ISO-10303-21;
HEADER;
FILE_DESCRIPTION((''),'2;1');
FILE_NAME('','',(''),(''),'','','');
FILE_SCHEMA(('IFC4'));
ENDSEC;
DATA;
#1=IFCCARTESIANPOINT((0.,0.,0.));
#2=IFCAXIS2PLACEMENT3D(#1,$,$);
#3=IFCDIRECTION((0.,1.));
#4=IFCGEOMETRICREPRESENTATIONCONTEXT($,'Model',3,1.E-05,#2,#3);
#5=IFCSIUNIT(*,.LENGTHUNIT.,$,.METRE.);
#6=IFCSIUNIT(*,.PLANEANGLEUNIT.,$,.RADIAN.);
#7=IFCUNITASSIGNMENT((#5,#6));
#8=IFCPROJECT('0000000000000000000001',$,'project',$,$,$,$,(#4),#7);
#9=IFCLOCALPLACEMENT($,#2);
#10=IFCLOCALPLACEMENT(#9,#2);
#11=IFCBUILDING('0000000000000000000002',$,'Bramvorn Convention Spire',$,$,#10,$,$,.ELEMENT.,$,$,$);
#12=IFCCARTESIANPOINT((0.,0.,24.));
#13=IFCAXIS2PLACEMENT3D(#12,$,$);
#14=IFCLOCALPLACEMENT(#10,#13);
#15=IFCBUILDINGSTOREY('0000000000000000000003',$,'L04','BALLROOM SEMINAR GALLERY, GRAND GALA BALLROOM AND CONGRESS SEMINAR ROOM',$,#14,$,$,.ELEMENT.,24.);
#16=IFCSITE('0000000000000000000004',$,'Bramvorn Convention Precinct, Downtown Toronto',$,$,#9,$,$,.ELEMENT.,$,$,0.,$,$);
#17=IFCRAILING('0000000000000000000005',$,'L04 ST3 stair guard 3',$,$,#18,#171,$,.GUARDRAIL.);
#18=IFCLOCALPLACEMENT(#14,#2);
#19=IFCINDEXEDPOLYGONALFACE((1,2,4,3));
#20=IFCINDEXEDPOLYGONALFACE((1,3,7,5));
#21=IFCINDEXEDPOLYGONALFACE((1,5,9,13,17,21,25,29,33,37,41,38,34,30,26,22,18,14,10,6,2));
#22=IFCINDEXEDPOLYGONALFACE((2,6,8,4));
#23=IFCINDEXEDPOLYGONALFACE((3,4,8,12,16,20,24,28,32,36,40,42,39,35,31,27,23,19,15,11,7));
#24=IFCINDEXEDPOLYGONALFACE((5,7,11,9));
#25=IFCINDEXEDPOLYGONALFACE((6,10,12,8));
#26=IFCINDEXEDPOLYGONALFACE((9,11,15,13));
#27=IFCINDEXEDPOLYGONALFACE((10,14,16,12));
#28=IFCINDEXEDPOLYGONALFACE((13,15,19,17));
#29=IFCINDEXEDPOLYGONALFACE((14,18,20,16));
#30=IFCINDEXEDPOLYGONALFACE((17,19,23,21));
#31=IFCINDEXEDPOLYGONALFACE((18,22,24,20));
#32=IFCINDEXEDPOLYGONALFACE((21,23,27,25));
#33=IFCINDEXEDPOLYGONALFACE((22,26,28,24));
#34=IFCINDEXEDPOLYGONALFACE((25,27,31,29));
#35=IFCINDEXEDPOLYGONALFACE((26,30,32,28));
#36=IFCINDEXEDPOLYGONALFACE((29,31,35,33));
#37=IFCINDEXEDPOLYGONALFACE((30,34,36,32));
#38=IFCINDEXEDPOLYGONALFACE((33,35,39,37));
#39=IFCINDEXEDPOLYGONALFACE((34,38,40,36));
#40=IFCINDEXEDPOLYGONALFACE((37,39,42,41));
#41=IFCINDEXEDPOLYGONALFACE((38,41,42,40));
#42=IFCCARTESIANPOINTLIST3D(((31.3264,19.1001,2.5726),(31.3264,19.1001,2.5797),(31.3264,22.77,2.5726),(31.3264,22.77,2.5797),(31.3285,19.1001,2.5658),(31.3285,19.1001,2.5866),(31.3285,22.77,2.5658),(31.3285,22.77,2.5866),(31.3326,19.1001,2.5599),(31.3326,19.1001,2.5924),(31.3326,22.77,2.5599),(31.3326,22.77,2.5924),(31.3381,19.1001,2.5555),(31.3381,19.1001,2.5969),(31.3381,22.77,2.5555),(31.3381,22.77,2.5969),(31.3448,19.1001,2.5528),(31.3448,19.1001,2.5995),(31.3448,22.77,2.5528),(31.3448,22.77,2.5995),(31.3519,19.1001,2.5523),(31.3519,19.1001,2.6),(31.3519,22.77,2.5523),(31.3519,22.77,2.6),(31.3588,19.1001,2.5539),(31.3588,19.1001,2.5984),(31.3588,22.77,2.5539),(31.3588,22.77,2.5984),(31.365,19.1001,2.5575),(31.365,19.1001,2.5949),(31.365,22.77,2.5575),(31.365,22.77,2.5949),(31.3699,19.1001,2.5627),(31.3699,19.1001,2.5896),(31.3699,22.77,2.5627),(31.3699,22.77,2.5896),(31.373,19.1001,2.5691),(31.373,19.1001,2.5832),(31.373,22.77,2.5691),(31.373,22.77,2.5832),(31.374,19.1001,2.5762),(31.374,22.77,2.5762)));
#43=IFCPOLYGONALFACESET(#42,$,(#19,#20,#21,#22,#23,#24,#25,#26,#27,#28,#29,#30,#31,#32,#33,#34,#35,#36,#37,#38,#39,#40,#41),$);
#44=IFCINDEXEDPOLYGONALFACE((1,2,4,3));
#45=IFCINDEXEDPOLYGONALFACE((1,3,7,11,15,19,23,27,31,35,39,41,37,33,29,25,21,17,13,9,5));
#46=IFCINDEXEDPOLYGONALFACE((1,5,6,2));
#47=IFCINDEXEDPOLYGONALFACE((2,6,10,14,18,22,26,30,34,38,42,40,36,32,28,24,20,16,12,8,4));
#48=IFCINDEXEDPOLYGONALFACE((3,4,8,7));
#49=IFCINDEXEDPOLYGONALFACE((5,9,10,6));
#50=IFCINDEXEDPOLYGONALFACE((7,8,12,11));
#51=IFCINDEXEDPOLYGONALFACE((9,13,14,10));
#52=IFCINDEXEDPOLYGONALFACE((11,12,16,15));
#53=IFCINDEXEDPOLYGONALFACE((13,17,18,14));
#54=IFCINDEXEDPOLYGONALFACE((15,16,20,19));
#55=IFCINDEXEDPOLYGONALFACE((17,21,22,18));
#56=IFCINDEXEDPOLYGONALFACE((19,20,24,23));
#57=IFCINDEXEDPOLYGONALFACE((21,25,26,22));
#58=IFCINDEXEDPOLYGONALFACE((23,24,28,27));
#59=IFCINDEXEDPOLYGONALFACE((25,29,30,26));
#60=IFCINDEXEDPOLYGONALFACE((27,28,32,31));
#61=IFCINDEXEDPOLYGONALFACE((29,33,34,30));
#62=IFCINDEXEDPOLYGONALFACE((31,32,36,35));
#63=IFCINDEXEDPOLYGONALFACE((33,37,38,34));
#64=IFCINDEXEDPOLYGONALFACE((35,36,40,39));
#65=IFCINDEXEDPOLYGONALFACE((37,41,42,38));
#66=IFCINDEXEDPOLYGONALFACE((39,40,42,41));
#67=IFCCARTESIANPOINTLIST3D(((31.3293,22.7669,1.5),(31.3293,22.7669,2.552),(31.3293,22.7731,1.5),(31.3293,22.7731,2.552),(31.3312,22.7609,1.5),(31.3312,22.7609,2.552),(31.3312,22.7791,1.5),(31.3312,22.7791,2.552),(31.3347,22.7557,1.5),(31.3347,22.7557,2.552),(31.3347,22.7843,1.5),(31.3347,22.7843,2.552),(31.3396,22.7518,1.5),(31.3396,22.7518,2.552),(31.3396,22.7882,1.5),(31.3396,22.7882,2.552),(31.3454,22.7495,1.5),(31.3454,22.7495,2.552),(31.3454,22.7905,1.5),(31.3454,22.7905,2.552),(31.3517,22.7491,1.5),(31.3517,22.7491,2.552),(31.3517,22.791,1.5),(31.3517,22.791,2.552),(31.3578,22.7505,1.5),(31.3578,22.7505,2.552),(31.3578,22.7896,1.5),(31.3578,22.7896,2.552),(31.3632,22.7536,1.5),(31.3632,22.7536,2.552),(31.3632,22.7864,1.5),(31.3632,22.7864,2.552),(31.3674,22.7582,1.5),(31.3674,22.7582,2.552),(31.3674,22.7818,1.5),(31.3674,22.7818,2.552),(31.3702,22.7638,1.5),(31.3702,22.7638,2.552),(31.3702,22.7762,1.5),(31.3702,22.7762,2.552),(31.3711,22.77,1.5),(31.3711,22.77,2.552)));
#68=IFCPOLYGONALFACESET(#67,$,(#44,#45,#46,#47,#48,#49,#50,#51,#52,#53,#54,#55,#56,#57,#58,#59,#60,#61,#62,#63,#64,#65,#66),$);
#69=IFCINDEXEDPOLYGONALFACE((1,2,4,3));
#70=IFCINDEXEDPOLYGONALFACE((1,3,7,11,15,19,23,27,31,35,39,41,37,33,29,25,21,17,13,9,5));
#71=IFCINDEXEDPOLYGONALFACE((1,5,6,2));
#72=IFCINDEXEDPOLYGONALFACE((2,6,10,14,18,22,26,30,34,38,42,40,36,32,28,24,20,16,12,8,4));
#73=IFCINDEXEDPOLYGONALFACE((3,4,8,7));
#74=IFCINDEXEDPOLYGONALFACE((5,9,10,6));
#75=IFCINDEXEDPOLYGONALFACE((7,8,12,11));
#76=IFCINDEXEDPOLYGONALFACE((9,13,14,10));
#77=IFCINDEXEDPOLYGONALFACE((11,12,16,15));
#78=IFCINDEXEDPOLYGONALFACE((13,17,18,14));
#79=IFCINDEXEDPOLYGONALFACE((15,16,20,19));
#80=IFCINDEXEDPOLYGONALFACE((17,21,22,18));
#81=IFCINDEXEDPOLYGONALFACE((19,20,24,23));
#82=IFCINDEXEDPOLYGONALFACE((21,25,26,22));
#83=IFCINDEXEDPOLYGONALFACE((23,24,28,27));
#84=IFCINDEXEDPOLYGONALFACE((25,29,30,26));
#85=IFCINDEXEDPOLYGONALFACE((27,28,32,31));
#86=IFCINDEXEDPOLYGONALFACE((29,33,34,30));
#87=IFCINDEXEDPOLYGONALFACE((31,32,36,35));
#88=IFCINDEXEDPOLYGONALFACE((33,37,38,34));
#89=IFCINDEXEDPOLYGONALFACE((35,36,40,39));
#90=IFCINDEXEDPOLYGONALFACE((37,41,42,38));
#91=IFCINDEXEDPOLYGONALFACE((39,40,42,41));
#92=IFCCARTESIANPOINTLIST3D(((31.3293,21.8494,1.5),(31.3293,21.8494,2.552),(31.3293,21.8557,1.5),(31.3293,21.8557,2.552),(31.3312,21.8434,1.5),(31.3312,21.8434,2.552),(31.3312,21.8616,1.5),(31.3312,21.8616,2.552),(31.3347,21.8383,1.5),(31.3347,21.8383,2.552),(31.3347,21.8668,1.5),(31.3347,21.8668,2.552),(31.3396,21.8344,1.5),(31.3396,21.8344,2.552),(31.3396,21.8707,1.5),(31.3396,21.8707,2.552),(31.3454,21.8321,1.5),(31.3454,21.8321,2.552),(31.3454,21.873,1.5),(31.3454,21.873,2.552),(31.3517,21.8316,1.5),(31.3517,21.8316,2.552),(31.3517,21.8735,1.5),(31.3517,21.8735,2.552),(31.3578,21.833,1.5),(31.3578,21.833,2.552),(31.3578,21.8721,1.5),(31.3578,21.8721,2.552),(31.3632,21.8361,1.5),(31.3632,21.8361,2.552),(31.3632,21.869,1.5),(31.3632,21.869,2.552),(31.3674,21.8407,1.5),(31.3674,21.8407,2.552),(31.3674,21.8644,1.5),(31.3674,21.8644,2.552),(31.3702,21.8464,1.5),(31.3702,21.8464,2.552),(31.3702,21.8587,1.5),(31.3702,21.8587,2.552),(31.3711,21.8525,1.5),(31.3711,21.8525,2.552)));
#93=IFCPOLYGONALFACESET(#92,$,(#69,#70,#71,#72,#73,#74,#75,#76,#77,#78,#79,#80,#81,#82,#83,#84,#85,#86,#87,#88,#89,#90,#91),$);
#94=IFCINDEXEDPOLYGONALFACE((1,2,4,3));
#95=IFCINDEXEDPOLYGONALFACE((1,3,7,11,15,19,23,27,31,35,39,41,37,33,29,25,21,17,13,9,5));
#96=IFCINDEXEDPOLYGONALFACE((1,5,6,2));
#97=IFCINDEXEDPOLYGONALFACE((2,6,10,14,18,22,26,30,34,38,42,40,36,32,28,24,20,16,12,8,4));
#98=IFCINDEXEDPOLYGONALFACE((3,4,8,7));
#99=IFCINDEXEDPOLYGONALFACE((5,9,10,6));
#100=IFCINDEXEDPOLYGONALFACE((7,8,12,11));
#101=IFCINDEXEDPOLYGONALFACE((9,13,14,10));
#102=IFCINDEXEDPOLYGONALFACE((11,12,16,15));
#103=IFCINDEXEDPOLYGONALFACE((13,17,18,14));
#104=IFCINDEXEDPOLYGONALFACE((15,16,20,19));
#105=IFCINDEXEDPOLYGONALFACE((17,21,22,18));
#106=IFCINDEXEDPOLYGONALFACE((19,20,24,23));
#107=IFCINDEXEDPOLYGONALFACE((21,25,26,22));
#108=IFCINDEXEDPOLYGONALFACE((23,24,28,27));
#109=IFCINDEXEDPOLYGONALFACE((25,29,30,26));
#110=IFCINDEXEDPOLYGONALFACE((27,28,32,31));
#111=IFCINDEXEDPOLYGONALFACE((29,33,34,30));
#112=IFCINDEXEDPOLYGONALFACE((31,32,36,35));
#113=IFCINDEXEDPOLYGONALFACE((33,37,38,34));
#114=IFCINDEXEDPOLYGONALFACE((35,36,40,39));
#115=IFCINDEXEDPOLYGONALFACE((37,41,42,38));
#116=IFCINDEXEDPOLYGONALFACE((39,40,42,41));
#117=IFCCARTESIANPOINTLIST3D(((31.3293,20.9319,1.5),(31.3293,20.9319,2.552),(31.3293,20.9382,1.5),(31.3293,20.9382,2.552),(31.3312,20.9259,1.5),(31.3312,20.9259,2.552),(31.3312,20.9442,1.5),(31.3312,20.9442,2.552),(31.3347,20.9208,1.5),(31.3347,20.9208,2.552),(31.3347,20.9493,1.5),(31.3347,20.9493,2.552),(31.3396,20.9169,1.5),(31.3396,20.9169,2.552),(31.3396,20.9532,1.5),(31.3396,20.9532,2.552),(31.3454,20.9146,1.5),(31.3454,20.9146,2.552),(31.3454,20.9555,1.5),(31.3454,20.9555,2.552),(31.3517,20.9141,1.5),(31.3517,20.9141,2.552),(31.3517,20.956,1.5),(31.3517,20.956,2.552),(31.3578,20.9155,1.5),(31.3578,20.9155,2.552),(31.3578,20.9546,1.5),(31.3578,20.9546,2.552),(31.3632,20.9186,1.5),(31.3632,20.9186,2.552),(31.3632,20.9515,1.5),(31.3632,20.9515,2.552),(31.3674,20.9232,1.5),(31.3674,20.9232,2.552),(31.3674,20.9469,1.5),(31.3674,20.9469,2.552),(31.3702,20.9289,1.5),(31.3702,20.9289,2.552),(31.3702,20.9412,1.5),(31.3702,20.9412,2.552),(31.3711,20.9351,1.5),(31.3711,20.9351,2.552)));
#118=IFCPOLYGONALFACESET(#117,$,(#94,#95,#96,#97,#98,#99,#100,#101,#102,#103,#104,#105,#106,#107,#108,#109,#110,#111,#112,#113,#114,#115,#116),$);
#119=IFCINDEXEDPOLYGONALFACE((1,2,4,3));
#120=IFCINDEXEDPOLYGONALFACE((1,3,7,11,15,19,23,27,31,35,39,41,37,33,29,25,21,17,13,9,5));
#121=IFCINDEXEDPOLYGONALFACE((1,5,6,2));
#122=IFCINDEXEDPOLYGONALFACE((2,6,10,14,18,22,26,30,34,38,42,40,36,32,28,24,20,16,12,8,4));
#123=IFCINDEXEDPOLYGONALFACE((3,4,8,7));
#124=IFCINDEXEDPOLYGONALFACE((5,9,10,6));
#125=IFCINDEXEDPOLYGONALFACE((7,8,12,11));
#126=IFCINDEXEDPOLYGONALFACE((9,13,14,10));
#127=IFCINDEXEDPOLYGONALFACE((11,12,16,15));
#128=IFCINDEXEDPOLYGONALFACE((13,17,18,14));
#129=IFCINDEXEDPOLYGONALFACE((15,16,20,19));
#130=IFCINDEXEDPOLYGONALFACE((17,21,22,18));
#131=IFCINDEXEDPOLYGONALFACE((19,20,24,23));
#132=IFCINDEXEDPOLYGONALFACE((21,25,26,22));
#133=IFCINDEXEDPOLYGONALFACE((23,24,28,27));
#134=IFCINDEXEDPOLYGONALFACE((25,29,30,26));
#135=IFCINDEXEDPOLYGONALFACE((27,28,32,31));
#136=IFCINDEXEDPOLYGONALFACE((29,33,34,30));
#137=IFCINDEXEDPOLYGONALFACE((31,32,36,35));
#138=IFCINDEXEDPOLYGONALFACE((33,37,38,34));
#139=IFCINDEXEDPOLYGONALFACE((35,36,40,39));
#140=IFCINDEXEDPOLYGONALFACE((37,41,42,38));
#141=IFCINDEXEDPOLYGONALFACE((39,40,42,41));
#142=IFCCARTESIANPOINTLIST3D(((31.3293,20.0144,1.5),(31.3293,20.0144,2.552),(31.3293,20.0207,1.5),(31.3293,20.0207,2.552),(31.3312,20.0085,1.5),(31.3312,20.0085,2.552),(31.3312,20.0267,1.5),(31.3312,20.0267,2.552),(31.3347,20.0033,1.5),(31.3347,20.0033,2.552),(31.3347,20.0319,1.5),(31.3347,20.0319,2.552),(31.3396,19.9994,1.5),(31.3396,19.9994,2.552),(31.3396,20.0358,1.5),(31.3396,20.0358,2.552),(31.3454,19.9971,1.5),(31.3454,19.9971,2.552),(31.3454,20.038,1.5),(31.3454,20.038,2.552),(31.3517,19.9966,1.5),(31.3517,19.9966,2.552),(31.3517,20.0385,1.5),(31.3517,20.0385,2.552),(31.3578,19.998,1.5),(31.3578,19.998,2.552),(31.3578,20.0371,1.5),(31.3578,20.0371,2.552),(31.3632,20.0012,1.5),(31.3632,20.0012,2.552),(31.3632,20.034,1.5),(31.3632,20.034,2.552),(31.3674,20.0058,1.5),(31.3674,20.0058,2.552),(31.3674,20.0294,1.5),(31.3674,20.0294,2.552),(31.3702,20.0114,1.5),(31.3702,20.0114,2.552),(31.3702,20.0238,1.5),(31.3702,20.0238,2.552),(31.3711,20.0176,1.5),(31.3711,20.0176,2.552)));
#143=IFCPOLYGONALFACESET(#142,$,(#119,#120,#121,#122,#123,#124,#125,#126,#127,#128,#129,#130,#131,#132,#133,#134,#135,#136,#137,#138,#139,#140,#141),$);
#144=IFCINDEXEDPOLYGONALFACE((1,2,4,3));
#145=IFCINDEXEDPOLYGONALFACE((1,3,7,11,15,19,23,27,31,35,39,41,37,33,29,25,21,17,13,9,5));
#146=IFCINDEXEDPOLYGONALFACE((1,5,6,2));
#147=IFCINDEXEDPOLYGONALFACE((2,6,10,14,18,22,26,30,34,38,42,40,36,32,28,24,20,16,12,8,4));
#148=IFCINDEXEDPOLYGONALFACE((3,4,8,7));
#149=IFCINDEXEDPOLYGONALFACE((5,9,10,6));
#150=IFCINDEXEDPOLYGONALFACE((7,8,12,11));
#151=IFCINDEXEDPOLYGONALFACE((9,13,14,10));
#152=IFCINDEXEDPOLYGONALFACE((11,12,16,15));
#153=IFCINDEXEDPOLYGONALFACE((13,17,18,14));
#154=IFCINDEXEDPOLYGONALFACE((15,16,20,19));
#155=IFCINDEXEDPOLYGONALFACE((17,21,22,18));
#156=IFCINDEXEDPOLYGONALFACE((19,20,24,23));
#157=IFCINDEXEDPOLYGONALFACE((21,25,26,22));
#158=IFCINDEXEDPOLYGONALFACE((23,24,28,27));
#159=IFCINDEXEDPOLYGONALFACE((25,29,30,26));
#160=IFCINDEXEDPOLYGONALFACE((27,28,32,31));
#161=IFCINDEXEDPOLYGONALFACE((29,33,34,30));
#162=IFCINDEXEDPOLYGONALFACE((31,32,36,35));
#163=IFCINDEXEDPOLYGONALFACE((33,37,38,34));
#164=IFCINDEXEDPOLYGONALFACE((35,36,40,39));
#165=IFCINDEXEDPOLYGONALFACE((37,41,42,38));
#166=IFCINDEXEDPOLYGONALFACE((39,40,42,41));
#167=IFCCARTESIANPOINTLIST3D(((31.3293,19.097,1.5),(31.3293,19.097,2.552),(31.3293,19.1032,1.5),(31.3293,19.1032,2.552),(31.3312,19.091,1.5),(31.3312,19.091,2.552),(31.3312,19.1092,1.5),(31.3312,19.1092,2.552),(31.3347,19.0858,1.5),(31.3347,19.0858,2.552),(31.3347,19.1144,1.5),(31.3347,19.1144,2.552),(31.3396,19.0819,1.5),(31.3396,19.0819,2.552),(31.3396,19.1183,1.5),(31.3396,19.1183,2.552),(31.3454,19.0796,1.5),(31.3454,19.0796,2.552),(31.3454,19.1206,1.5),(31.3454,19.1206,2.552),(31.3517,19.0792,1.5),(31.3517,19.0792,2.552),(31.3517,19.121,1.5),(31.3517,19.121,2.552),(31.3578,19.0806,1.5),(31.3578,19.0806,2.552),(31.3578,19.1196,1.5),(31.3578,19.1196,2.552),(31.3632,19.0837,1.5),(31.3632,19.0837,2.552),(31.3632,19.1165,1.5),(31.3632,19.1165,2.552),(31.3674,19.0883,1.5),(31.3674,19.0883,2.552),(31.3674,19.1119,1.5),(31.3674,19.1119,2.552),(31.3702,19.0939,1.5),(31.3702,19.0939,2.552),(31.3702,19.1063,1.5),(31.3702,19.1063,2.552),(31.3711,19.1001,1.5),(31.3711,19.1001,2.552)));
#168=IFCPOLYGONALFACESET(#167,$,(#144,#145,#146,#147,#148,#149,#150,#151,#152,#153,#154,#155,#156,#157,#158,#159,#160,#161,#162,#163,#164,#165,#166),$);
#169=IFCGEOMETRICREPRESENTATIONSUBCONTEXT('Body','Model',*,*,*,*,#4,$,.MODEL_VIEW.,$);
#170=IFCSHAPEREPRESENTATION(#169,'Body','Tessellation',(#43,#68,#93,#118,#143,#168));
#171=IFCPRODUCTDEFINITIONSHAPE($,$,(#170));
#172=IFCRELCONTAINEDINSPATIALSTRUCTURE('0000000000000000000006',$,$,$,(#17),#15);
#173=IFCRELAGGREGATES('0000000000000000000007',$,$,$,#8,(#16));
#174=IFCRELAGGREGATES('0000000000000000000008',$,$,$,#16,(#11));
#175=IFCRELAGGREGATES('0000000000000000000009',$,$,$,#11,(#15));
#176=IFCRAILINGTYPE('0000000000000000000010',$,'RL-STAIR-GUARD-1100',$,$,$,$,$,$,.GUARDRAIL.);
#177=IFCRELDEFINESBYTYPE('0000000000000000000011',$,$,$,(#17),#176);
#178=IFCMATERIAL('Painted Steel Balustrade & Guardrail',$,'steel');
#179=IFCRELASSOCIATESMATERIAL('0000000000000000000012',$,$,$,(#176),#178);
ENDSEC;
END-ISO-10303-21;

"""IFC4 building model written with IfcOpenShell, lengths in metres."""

from ifc_helpers import new_model, si_unit, direction, frame, origin, origin_2d, place, context, subcontext, project, spatial, circle, extrude, material, type_object, element, save


model = new_model("IFC4")

# Units and contexts
model_context = context("Model", 3, precision=1e-05, world=origin(), true_north=direction((0.0, 1.0)))
body_context = subcontext(model_context, "Body", "Model", "MODEL_VIEW")
ifc_project = project(units=[si_unit("LENGTHUNIT", "METRE"), si_unit("PLANEANGLEUNIT", "RADIAN")], contexts=[model_context])

# Site, building, storey
site_placement = place(None, origin())
site = spatial("IfcSite", under=ifc_project, at=site_placement, Name="Bramvorn Convention Precinct, Downtown Toronto", CompositionType="ELEMENT", RefElevation=0.0)
building_placement = place(site_placement, origin())
building = spatial("IfcBuilding", under=site, at=building_placement, Name="Bramvorn Convention Spire", CompositionType="ELEMENT")
storey_placement = place(building_placement, frame((0.0, 0.0, 24.0)))
storey = spatial("IfcBuildingStorey", under=building, at=storey_placement, Name="L04", Description="BALLROOM SEMINAR GALLERY, GRAND GALA BALLROOM AND CONGRESS SEMINAR ROOM", CompositionType="ELEMENT", Elevation=24.0)

# Railing
ifc_material_1 = material(Name="Painted Steel Balustrade & Guardrail", Category="steel")
railing_type_1 = type_object("IfcRailingType", Name="RL-STAIR-GUARD-1100", PredefinedType="GUARDRAIL", material=ifc_material_1)
for number, where, name in (
    (1, (31.3501, 22.77, 1.5), "L04 ST3 stair guard 3"),
):
    element("IfcRailing", number, at=place(storey_placement, frame(where)), inside=storey, type_object=railing_type_1, Name=name, PredefinedType="GUARDRAIL", context=body_context, shape_type="SweptSolid", body=[
        extrude(circle(Radius=0.0239, at=origin_2d()), frame((0.0, 0.0, 1.0762), z_axis=(0.0, -1.0, 0.0), x_axis=(1.0, 0.0, 0.0)), (0.0, 0.0, 1.0), 3.6699),
        extrude(circle(Radius=0.021, at=origin_2d()), origin(), (0.0, 0.0, 1.0), 1.052),
        extrude(circle(Radius=0.021, at=origin_2d()), frame((0.0, -0.9175, 0.0)), (0.0, 0.0, 1.0), 1.052),
        extrude(circle(Radius=0.021, at=origin_2d()), frame((0.0, -1.835, 0.0)), (0.0, 0.0, 1.0), 1.052),
        extrude(circle(Radius=0.021, at=origin_2d()), frame((0.0, -2.7524, 0.0)), (0.0, 0.0, 1.0), 1.052),
        extrude(circle(Radius=0.021, at=origin_2d()), frame((0.0, -3.6699, 0.0)), (0.0, 0.0, 1.0), 1.052),
    ])

save(model, "model.ifc")
